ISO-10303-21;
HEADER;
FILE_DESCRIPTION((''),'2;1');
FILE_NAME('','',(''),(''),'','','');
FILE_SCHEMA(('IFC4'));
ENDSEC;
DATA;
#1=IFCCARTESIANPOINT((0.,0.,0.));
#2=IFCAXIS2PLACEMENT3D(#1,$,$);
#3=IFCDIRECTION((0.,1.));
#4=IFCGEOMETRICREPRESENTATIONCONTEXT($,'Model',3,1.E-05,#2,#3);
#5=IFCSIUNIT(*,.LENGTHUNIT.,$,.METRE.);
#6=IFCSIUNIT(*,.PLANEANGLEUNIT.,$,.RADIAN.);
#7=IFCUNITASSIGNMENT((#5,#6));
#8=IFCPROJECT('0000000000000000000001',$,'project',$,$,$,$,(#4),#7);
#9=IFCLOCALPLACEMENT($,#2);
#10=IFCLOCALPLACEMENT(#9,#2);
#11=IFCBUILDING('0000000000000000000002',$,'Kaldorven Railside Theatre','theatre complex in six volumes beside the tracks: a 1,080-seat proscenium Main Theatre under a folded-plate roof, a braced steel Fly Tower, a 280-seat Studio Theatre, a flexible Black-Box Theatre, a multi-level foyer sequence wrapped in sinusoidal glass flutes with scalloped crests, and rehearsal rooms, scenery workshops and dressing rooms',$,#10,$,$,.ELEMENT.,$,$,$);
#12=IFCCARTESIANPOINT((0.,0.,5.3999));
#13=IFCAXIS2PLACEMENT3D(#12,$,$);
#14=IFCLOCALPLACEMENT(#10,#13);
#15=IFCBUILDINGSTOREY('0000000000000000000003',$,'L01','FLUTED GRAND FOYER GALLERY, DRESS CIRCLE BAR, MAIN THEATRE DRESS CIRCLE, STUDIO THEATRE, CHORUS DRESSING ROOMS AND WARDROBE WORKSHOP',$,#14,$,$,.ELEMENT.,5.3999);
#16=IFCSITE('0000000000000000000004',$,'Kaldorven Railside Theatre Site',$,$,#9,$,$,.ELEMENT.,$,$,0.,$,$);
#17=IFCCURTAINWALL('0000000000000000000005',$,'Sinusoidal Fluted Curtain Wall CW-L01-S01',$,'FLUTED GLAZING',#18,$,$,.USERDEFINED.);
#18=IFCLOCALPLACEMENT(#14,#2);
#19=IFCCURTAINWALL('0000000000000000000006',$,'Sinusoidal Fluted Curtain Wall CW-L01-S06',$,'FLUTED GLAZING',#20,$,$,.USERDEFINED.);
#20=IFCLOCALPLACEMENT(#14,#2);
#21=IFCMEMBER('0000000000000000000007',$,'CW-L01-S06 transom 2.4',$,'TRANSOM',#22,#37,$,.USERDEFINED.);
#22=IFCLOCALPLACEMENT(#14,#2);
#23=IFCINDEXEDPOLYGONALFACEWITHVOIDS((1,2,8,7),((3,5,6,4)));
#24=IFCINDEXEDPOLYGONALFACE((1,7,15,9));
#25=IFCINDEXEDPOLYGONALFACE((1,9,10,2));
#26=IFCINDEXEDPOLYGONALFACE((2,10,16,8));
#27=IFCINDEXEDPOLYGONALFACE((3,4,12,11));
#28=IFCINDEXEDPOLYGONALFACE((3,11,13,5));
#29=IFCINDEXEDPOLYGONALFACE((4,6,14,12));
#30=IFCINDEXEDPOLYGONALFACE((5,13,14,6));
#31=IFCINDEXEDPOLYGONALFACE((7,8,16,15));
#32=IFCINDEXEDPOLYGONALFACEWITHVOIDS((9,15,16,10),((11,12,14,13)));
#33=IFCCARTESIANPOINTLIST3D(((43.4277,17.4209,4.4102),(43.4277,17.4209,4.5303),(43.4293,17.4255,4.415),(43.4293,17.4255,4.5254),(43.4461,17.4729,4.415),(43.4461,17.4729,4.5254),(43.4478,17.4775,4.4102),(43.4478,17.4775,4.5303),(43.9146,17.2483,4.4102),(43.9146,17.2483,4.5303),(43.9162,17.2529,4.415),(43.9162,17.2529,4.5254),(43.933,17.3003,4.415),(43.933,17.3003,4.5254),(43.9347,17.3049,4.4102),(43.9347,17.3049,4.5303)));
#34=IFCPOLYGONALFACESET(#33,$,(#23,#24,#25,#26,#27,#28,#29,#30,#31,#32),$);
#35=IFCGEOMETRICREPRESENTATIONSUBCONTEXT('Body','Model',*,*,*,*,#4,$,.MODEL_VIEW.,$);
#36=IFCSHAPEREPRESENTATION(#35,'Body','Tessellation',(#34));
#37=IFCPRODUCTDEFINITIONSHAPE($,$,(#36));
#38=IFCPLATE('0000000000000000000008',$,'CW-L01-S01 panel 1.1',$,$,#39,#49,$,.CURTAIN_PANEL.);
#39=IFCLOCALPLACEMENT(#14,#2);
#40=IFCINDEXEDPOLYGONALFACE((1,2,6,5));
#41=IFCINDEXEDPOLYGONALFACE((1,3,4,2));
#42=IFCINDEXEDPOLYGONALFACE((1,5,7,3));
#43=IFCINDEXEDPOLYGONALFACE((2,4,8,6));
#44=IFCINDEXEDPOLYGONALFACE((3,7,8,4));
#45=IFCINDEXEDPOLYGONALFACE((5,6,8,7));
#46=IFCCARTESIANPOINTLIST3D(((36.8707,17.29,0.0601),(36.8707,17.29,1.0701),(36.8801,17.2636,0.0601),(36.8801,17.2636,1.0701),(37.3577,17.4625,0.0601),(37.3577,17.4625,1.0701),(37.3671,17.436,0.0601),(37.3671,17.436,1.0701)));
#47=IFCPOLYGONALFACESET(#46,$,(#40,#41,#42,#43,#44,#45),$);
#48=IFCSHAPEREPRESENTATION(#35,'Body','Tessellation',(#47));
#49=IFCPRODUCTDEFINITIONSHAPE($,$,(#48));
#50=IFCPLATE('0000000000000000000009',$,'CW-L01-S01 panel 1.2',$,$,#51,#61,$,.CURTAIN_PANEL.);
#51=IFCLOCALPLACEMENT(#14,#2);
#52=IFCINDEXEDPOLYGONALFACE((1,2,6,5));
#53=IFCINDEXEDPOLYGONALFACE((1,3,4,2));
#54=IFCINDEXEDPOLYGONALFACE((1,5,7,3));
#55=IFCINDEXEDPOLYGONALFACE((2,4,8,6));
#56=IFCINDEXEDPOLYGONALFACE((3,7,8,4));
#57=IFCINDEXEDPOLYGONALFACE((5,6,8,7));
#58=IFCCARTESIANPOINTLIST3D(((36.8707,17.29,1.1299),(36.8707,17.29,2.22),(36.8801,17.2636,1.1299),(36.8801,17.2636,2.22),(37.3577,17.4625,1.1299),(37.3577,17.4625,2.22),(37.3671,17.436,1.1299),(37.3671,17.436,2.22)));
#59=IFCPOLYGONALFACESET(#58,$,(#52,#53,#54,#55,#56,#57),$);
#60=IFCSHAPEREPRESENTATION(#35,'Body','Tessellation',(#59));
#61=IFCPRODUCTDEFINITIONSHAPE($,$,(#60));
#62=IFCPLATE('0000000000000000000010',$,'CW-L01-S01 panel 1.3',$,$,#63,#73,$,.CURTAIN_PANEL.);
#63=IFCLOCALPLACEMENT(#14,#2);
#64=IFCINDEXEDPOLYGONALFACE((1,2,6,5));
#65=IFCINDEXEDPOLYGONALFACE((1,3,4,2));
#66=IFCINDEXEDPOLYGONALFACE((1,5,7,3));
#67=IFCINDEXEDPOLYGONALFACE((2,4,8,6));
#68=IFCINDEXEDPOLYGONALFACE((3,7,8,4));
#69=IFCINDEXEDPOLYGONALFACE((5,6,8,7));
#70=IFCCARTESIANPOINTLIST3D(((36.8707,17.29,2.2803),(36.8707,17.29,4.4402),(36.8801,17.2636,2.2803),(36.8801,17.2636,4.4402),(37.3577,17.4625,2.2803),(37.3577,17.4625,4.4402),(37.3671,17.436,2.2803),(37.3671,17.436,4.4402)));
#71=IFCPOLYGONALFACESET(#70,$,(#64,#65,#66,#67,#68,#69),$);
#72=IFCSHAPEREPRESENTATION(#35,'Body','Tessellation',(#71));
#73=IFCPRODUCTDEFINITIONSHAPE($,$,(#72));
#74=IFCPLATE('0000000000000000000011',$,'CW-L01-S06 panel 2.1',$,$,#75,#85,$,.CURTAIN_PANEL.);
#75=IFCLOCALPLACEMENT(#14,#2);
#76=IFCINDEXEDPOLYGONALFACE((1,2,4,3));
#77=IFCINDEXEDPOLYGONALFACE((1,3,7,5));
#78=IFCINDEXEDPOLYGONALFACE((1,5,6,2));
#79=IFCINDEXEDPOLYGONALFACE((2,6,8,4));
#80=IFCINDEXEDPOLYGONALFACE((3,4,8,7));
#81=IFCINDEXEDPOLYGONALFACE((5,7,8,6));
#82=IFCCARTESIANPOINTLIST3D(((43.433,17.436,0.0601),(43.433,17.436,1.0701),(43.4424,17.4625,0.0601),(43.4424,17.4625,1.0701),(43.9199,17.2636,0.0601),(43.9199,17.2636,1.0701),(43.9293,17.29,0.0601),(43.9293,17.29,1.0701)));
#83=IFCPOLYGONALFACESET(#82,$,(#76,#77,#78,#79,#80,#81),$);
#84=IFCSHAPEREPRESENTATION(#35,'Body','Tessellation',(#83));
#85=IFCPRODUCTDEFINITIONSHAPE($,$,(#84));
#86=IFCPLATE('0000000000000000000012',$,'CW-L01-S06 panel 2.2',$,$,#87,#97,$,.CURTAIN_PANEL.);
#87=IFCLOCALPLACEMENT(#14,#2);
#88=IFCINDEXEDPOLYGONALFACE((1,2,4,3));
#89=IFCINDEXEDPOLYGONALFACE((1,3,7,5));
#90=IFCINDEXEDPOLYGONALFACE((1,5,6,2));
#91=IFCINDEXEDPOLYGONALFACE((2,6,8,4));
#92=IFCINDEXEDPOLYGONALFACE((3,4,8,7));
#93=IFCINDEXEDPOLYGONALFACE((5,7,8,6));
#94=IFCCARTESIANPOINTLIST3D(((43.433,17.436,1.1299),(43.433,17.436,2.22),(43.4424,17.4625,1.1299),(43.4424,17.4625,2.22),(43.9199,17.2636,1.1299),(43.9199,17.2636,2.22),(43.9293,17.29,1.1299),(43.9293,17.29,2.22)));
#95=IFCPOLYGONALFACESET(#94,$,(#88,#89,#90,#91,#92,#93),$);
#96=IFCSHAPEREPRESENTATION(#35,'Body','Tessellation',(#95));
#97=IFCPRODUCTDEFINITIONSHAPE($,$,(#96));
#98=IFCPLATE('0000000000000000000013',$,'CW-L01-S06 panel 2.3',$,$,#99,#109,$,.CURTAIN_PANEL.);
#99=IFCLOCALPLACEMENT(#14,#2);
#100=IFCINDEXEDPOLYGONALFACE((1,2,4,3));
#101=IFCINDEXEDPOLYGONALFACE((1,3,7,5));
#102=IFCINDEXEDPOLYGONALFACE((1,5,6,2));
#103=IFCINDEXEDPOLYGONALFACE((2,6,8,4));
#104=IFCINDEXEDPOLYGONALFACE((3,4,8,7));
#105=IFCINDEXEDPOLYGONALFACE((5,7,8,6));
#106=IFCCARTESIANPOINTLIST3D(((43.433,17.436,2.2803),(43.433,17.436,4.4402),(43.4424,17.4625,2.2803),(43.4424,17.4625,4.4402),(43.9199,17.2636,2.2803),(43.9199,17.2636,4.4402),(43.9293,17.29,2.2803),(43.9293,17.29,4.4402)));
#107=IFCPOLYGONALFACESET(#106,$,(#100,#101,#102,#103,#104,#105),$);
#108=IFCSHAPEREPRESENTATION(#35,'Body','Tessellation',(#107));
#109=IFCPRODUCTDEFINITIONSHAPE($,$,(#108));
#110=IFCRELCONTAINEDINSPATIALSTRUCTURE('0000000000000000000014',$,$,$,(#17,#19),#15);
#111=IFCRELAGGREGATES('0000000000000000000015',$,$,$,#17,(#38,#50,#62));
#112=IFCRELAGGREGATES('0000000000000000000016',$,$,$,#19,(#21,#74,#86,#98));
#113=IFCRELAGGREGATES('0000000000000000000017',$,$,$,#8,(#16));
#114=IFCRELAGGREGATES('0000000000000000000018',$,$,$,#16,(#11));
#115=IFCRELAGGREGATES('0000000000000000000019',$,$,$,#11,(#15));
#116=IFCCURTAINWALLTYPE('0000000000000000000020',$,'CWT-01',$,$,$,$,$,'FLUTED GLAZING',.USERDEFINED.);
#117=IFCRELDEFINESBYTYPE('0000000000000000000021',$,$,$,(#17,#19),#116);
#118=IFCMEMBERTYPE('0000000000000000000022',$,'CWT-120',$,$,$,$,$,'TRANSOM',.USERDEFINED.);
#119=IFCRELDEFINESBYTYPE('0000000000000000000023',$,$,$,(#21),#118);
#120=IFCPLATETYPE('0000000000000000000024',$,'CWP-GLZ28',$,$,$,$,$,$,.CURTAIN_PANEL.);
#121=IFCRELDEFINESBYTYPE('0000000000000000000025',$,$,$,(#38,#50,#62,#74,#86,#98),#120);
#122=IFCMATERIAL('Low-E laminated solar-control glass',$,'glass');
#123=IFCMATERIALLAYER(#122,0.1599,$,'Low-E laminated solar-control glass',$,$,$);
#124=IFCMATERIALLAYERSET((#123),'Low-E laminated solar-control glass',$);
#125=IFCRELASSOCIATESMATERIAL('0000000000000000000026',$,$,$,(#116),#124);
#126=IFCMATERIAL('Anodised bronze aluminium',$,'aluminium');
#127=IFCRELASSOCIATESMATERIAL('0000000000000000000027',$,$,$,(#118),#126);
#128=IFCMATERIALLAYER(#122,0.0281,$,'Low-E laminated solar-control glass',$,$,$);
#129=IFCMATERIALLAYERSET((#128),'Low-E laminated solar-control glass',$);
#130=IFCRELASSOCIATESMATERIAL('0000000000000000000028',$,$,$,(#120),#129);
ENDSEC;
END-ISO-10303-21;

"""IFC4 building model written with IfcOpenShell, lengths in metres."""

from ifc_helpers import new_model, si_unit, direction, frame, origin, origin_2d, place, context, subcontext, project, spatial, rectangle, hollow_rectangle, extrude, material, layer, layer_set, material_profile, profile_set, type_object, element, aggregate, save


model = new_model("IFC4")

# Units and contexts
model_context = context("Model", 3, precision=1e-05, world=origin(), true_north=direction((0.0, 1.0)))
body_context = subcontext(model_context, "Body", "Model", "MODEL_VIEW")
ifc_project = project(units=[si_unit("LENGTHUNIT", "METRE"), si_unit("PLANEANGLEUNIT", "RADIAN")], contexts=[model_context])

# Site, building, storey
site_placement = place(None, origin())
site = spatial("IfcSite", under=ifc_project, at=site_placement, Name="Kaldorven Railside Theatre Site", CompositionType="ELEMENT", RefElevation=0.0)
building_placement = place(site_placement, origin())
building = spatial("IfcBuilding", under=site, at=building_placement, Name="Kaldorven Railside Theatre", Description="theatre complex in six volumes beside the tracks: a 1,080-seat proscenium Main Theatre under a folded-plate roof, a braced steel Fly Tower, a 280-seat Studio Theatre, a flexible Black-Box Theatre, a multi-level foyer sequence wrapped in sinusoidal glass flutes with scalloped crests, and rehearsal rooms, scenery workshops and dressing rooms", CompositionType="ELEMENT")
storey_placement = place(building_placement, frame((0.0, 0.0, 5.3999)))
storey = spatial("IfcBuildingStorey", under=building, at=storey_placement, Name="L01", Description="FLUTED GRAND FOYER GALLERY, DRESS CIRCLE BAR, MAIN THEATRE DRESS CIRCLE, STUDIO THEATRE, CHORUS DRESSING ROOMS AND WARDROBE WORKSHOP", CompositionType="ELEMENT", Elevation=5.3999)

# Curtain walls
ifc_material_1 = material(Name="Low-E laminated solar-control glass", Category="glass")
ifc_layer_1 = layer(ifc_material_1, 0.1599, Name="Low-E laminated solar-control glass")
ifc_layer_set_1 = layer_set([ifc_layer_1], Name="Low-E laminated solar-control glass")
curtain_wall_type = type_object("IfcCurtainWallType", Name="CWT-01", ElementType="FLUTED GLAZING", PredefinedType="USERDEFINED", material=ifc_layer_set_1)
curtain_wall_1_placement = place(storey_placement, origin())
curtain_wall_1 = element("IfcCurtainWall", 1, at=curtain_wall_1_placement, inside=storey, type_object=curtain_wall_type, Name="Sinusoidal Fluted Curtain Wall CW-L01-S01", ObjectType="FLUTED GLAZING", PredefinedType="USERDEFINED")
ifc_material_2 = material(Name="Anodised bronze aluminium", Category="aluminium")
curtain_wall_2_placement = place(storey_placement, origin())
curtain_wall_2 = element("IfcCurtainWall", 2, at=curtain_wall_2_placement, inside=storey, type_object=curtain_wall_type, Name="Sinusoidal Fluted Curtain Wall CW-L01-S06", ObjectType="FLUTED GLAZING", PredefinedType="USERDEFINED")

# Member
ifc_material_profile_1 = material_profile(ifc_material_2, hollow_rectangle(XDim=0.0601, YDim=0.1201, WallThickness=0.0049, at=origin_2d()), Name="RHS 120x60x5")
ifc_profile_set_1 = profile_set([ifc_material_profile_1], Name="Anodised bronze aluminium")
member_type_1 = type_object("IfcMemberType", Name="CWT-120", ElementType="TRANSOM", PredefinedType="USERDEFINED", material=ifc_profile_set_1)
member_1_placement = place(storey_placement, frame((43.4377, 17.4492, 4.4702), z_axis=(0.942509, -0.33418, 0.0), x_axis=(0.33418, 0.942509, 0.0)))
member_1 = element("IfcMember", 3, at=member_1_placement, type_object=member_type_1, Name="CW-L01-S06 transom 2.4", ObjectType="TRANSOM", PredefinedType="USERDEFINED", context=body_context, shape_type="SweptSolid", body=[
    extrude(hollow_rectangle(XDim=0.0601, YDim=0.1201, WallThickness=0.0049, at=origin_2d()), origin(), (0.0, 0.0, 1.0), 0.5166),
])

# Plates
ifc_layer_2 = layer(ifc_material_1, 0.0281, Name="Low-E laminated solar-control glass")
ifc_layer_set_2 = layer_set([ifc_layer_2], Name="Low-E laminated solar-control glass")
plate_type = type_object("IfcPlateType", Name="CWP-GLZ28", PredefinedType="CURTAIN_PANEL", material=ifc_layer_set_2)
plate_1_placement = place(storey_placement, frame((37.1189, 17.363, 0.0601), z_axis=(0.0, 0.0, 1.0), x_axis=(0.942627, 0.333847, 0.0)))
plate_1 = element("IfcPlate", 4, at=plate_1_placement, type_object=plate_type, Name="CW-L01-S01 panel 1.1", PredefinedType="CURTAIN_PANEL", context=body_context, shape_type="SweptSolid", body=[
    extrude(rectangle(XDim=0.5166, YDim=0.0281, at=origin_2d()), origin(), (0.0, 0.0, 1.0), 1.01),
])
plate_2_placement = place(storey_placement, frame((37.1189, 17.363, 1.1299), z_axis=(0.0, 0.0, 1.0), x_axis=(0.942627, 0.333847, 0.0)))
plate_2 = element("IfcPlate", 5, at=plate_2_placement, type_object=plate_type, Name="CW-L01-S01 panel 1.2", PredefinedType="CURTAIN_PANEL", context=body_context, shape_type="SweptSolid", body=[
    extrude(rectangle(XDim=0.5166, YDim=0.0281, at=origin_2d()), origin(), (0.0, 0.0, 1.0), 1.0901),
])
plate_3_placement = place(storey_placement, frame((37.1189, 17.363, 2.2803), z_axis=(0.0, 0.0, 1.0), x_axis=(0.942627, 0.333847, 0.0)))
plate_3 = element("IfcPlate", 6, at=plate_3_placement, type_object=plate_type, Name="CW-L01-S01 panel 1.3", PredefinedType="CURTAIN_PANEL", context=body_context, shape_type="SweptSolid", body=[
    extrude(rectangle(XDim=0.5166, YDim=0.0281, at=origin_2d()), origin(), (0.0, 0.0, 1.0), 2.1599),
])
aggregate(curtain_wall_1, [plate_1, plate_2, plate_3])
plate_4_placement = place(storey_placement, frame((43.6812, 17.363, 0.0601), z_axis=(0.0, 0.0, 1.0), x_axis=(0.942627, -0.333847, 0.0)))
plate_4 = element("IfcPlate", 7, at=plate_4_placement, type_object=plate_type, Name="CW-L01-S06 panel 2.1", PredefinedType="CURTAIN_PANEL", context=body_context, shape_type="SweptSolid", body=[
    extrude(rectangle(XDim=0.5166, YDim=0.0281, at=origin_2d()), origin(), (0.0, 0.0, 1.0), 1.01),
])
plate_5_placement = place(storey_placement, frame((43.6812, 17.363, 1.1299), z_axis=(0.0, 0.0, 1.0), x_axis=(0.942627, -0.333847, 0.0)))
plate_5 = element("IfcPlate", 8, at=plate_5_placement, type_object=plate_type, Name="CW-L01-S06 panel 2.2", PredefinedType="CURTAIN_PANEL", context=body_context, shape_type="SweptSolid", body=[
    extrude(rectangle(XDim=0.5166, YDim=0.0281, at=origin_2d()), origin(), (0.0, 0.0, 1.0), 1.0901),
])
plate_6_placement = place(storey_placement, frame((43.6812, 17.363, 2.2803), z_axis=(0.0, 0.0, 1.0), x_axis=(0.942627, -0.333847, 0.0)))
plate_6 = element("IfcPlate", 9, at=plate_6_placement, type_object=plate_type, Name="CW-L01-S06 panel 2.3", PredefinedType="CURTAIN_PANEL", context=body_context, shape_type="SweptSolid", body=[
    extrude(rectangle(XDim=0.5166, YDim=0.0281, at=origin_2d()), origin(), (0.0, 0.0, 1.0), 2.1599),
])
aggregate(curtain_wall_2, [member_1, plate_4, plate_5, plate_6])

save(model, "model.ifc")
